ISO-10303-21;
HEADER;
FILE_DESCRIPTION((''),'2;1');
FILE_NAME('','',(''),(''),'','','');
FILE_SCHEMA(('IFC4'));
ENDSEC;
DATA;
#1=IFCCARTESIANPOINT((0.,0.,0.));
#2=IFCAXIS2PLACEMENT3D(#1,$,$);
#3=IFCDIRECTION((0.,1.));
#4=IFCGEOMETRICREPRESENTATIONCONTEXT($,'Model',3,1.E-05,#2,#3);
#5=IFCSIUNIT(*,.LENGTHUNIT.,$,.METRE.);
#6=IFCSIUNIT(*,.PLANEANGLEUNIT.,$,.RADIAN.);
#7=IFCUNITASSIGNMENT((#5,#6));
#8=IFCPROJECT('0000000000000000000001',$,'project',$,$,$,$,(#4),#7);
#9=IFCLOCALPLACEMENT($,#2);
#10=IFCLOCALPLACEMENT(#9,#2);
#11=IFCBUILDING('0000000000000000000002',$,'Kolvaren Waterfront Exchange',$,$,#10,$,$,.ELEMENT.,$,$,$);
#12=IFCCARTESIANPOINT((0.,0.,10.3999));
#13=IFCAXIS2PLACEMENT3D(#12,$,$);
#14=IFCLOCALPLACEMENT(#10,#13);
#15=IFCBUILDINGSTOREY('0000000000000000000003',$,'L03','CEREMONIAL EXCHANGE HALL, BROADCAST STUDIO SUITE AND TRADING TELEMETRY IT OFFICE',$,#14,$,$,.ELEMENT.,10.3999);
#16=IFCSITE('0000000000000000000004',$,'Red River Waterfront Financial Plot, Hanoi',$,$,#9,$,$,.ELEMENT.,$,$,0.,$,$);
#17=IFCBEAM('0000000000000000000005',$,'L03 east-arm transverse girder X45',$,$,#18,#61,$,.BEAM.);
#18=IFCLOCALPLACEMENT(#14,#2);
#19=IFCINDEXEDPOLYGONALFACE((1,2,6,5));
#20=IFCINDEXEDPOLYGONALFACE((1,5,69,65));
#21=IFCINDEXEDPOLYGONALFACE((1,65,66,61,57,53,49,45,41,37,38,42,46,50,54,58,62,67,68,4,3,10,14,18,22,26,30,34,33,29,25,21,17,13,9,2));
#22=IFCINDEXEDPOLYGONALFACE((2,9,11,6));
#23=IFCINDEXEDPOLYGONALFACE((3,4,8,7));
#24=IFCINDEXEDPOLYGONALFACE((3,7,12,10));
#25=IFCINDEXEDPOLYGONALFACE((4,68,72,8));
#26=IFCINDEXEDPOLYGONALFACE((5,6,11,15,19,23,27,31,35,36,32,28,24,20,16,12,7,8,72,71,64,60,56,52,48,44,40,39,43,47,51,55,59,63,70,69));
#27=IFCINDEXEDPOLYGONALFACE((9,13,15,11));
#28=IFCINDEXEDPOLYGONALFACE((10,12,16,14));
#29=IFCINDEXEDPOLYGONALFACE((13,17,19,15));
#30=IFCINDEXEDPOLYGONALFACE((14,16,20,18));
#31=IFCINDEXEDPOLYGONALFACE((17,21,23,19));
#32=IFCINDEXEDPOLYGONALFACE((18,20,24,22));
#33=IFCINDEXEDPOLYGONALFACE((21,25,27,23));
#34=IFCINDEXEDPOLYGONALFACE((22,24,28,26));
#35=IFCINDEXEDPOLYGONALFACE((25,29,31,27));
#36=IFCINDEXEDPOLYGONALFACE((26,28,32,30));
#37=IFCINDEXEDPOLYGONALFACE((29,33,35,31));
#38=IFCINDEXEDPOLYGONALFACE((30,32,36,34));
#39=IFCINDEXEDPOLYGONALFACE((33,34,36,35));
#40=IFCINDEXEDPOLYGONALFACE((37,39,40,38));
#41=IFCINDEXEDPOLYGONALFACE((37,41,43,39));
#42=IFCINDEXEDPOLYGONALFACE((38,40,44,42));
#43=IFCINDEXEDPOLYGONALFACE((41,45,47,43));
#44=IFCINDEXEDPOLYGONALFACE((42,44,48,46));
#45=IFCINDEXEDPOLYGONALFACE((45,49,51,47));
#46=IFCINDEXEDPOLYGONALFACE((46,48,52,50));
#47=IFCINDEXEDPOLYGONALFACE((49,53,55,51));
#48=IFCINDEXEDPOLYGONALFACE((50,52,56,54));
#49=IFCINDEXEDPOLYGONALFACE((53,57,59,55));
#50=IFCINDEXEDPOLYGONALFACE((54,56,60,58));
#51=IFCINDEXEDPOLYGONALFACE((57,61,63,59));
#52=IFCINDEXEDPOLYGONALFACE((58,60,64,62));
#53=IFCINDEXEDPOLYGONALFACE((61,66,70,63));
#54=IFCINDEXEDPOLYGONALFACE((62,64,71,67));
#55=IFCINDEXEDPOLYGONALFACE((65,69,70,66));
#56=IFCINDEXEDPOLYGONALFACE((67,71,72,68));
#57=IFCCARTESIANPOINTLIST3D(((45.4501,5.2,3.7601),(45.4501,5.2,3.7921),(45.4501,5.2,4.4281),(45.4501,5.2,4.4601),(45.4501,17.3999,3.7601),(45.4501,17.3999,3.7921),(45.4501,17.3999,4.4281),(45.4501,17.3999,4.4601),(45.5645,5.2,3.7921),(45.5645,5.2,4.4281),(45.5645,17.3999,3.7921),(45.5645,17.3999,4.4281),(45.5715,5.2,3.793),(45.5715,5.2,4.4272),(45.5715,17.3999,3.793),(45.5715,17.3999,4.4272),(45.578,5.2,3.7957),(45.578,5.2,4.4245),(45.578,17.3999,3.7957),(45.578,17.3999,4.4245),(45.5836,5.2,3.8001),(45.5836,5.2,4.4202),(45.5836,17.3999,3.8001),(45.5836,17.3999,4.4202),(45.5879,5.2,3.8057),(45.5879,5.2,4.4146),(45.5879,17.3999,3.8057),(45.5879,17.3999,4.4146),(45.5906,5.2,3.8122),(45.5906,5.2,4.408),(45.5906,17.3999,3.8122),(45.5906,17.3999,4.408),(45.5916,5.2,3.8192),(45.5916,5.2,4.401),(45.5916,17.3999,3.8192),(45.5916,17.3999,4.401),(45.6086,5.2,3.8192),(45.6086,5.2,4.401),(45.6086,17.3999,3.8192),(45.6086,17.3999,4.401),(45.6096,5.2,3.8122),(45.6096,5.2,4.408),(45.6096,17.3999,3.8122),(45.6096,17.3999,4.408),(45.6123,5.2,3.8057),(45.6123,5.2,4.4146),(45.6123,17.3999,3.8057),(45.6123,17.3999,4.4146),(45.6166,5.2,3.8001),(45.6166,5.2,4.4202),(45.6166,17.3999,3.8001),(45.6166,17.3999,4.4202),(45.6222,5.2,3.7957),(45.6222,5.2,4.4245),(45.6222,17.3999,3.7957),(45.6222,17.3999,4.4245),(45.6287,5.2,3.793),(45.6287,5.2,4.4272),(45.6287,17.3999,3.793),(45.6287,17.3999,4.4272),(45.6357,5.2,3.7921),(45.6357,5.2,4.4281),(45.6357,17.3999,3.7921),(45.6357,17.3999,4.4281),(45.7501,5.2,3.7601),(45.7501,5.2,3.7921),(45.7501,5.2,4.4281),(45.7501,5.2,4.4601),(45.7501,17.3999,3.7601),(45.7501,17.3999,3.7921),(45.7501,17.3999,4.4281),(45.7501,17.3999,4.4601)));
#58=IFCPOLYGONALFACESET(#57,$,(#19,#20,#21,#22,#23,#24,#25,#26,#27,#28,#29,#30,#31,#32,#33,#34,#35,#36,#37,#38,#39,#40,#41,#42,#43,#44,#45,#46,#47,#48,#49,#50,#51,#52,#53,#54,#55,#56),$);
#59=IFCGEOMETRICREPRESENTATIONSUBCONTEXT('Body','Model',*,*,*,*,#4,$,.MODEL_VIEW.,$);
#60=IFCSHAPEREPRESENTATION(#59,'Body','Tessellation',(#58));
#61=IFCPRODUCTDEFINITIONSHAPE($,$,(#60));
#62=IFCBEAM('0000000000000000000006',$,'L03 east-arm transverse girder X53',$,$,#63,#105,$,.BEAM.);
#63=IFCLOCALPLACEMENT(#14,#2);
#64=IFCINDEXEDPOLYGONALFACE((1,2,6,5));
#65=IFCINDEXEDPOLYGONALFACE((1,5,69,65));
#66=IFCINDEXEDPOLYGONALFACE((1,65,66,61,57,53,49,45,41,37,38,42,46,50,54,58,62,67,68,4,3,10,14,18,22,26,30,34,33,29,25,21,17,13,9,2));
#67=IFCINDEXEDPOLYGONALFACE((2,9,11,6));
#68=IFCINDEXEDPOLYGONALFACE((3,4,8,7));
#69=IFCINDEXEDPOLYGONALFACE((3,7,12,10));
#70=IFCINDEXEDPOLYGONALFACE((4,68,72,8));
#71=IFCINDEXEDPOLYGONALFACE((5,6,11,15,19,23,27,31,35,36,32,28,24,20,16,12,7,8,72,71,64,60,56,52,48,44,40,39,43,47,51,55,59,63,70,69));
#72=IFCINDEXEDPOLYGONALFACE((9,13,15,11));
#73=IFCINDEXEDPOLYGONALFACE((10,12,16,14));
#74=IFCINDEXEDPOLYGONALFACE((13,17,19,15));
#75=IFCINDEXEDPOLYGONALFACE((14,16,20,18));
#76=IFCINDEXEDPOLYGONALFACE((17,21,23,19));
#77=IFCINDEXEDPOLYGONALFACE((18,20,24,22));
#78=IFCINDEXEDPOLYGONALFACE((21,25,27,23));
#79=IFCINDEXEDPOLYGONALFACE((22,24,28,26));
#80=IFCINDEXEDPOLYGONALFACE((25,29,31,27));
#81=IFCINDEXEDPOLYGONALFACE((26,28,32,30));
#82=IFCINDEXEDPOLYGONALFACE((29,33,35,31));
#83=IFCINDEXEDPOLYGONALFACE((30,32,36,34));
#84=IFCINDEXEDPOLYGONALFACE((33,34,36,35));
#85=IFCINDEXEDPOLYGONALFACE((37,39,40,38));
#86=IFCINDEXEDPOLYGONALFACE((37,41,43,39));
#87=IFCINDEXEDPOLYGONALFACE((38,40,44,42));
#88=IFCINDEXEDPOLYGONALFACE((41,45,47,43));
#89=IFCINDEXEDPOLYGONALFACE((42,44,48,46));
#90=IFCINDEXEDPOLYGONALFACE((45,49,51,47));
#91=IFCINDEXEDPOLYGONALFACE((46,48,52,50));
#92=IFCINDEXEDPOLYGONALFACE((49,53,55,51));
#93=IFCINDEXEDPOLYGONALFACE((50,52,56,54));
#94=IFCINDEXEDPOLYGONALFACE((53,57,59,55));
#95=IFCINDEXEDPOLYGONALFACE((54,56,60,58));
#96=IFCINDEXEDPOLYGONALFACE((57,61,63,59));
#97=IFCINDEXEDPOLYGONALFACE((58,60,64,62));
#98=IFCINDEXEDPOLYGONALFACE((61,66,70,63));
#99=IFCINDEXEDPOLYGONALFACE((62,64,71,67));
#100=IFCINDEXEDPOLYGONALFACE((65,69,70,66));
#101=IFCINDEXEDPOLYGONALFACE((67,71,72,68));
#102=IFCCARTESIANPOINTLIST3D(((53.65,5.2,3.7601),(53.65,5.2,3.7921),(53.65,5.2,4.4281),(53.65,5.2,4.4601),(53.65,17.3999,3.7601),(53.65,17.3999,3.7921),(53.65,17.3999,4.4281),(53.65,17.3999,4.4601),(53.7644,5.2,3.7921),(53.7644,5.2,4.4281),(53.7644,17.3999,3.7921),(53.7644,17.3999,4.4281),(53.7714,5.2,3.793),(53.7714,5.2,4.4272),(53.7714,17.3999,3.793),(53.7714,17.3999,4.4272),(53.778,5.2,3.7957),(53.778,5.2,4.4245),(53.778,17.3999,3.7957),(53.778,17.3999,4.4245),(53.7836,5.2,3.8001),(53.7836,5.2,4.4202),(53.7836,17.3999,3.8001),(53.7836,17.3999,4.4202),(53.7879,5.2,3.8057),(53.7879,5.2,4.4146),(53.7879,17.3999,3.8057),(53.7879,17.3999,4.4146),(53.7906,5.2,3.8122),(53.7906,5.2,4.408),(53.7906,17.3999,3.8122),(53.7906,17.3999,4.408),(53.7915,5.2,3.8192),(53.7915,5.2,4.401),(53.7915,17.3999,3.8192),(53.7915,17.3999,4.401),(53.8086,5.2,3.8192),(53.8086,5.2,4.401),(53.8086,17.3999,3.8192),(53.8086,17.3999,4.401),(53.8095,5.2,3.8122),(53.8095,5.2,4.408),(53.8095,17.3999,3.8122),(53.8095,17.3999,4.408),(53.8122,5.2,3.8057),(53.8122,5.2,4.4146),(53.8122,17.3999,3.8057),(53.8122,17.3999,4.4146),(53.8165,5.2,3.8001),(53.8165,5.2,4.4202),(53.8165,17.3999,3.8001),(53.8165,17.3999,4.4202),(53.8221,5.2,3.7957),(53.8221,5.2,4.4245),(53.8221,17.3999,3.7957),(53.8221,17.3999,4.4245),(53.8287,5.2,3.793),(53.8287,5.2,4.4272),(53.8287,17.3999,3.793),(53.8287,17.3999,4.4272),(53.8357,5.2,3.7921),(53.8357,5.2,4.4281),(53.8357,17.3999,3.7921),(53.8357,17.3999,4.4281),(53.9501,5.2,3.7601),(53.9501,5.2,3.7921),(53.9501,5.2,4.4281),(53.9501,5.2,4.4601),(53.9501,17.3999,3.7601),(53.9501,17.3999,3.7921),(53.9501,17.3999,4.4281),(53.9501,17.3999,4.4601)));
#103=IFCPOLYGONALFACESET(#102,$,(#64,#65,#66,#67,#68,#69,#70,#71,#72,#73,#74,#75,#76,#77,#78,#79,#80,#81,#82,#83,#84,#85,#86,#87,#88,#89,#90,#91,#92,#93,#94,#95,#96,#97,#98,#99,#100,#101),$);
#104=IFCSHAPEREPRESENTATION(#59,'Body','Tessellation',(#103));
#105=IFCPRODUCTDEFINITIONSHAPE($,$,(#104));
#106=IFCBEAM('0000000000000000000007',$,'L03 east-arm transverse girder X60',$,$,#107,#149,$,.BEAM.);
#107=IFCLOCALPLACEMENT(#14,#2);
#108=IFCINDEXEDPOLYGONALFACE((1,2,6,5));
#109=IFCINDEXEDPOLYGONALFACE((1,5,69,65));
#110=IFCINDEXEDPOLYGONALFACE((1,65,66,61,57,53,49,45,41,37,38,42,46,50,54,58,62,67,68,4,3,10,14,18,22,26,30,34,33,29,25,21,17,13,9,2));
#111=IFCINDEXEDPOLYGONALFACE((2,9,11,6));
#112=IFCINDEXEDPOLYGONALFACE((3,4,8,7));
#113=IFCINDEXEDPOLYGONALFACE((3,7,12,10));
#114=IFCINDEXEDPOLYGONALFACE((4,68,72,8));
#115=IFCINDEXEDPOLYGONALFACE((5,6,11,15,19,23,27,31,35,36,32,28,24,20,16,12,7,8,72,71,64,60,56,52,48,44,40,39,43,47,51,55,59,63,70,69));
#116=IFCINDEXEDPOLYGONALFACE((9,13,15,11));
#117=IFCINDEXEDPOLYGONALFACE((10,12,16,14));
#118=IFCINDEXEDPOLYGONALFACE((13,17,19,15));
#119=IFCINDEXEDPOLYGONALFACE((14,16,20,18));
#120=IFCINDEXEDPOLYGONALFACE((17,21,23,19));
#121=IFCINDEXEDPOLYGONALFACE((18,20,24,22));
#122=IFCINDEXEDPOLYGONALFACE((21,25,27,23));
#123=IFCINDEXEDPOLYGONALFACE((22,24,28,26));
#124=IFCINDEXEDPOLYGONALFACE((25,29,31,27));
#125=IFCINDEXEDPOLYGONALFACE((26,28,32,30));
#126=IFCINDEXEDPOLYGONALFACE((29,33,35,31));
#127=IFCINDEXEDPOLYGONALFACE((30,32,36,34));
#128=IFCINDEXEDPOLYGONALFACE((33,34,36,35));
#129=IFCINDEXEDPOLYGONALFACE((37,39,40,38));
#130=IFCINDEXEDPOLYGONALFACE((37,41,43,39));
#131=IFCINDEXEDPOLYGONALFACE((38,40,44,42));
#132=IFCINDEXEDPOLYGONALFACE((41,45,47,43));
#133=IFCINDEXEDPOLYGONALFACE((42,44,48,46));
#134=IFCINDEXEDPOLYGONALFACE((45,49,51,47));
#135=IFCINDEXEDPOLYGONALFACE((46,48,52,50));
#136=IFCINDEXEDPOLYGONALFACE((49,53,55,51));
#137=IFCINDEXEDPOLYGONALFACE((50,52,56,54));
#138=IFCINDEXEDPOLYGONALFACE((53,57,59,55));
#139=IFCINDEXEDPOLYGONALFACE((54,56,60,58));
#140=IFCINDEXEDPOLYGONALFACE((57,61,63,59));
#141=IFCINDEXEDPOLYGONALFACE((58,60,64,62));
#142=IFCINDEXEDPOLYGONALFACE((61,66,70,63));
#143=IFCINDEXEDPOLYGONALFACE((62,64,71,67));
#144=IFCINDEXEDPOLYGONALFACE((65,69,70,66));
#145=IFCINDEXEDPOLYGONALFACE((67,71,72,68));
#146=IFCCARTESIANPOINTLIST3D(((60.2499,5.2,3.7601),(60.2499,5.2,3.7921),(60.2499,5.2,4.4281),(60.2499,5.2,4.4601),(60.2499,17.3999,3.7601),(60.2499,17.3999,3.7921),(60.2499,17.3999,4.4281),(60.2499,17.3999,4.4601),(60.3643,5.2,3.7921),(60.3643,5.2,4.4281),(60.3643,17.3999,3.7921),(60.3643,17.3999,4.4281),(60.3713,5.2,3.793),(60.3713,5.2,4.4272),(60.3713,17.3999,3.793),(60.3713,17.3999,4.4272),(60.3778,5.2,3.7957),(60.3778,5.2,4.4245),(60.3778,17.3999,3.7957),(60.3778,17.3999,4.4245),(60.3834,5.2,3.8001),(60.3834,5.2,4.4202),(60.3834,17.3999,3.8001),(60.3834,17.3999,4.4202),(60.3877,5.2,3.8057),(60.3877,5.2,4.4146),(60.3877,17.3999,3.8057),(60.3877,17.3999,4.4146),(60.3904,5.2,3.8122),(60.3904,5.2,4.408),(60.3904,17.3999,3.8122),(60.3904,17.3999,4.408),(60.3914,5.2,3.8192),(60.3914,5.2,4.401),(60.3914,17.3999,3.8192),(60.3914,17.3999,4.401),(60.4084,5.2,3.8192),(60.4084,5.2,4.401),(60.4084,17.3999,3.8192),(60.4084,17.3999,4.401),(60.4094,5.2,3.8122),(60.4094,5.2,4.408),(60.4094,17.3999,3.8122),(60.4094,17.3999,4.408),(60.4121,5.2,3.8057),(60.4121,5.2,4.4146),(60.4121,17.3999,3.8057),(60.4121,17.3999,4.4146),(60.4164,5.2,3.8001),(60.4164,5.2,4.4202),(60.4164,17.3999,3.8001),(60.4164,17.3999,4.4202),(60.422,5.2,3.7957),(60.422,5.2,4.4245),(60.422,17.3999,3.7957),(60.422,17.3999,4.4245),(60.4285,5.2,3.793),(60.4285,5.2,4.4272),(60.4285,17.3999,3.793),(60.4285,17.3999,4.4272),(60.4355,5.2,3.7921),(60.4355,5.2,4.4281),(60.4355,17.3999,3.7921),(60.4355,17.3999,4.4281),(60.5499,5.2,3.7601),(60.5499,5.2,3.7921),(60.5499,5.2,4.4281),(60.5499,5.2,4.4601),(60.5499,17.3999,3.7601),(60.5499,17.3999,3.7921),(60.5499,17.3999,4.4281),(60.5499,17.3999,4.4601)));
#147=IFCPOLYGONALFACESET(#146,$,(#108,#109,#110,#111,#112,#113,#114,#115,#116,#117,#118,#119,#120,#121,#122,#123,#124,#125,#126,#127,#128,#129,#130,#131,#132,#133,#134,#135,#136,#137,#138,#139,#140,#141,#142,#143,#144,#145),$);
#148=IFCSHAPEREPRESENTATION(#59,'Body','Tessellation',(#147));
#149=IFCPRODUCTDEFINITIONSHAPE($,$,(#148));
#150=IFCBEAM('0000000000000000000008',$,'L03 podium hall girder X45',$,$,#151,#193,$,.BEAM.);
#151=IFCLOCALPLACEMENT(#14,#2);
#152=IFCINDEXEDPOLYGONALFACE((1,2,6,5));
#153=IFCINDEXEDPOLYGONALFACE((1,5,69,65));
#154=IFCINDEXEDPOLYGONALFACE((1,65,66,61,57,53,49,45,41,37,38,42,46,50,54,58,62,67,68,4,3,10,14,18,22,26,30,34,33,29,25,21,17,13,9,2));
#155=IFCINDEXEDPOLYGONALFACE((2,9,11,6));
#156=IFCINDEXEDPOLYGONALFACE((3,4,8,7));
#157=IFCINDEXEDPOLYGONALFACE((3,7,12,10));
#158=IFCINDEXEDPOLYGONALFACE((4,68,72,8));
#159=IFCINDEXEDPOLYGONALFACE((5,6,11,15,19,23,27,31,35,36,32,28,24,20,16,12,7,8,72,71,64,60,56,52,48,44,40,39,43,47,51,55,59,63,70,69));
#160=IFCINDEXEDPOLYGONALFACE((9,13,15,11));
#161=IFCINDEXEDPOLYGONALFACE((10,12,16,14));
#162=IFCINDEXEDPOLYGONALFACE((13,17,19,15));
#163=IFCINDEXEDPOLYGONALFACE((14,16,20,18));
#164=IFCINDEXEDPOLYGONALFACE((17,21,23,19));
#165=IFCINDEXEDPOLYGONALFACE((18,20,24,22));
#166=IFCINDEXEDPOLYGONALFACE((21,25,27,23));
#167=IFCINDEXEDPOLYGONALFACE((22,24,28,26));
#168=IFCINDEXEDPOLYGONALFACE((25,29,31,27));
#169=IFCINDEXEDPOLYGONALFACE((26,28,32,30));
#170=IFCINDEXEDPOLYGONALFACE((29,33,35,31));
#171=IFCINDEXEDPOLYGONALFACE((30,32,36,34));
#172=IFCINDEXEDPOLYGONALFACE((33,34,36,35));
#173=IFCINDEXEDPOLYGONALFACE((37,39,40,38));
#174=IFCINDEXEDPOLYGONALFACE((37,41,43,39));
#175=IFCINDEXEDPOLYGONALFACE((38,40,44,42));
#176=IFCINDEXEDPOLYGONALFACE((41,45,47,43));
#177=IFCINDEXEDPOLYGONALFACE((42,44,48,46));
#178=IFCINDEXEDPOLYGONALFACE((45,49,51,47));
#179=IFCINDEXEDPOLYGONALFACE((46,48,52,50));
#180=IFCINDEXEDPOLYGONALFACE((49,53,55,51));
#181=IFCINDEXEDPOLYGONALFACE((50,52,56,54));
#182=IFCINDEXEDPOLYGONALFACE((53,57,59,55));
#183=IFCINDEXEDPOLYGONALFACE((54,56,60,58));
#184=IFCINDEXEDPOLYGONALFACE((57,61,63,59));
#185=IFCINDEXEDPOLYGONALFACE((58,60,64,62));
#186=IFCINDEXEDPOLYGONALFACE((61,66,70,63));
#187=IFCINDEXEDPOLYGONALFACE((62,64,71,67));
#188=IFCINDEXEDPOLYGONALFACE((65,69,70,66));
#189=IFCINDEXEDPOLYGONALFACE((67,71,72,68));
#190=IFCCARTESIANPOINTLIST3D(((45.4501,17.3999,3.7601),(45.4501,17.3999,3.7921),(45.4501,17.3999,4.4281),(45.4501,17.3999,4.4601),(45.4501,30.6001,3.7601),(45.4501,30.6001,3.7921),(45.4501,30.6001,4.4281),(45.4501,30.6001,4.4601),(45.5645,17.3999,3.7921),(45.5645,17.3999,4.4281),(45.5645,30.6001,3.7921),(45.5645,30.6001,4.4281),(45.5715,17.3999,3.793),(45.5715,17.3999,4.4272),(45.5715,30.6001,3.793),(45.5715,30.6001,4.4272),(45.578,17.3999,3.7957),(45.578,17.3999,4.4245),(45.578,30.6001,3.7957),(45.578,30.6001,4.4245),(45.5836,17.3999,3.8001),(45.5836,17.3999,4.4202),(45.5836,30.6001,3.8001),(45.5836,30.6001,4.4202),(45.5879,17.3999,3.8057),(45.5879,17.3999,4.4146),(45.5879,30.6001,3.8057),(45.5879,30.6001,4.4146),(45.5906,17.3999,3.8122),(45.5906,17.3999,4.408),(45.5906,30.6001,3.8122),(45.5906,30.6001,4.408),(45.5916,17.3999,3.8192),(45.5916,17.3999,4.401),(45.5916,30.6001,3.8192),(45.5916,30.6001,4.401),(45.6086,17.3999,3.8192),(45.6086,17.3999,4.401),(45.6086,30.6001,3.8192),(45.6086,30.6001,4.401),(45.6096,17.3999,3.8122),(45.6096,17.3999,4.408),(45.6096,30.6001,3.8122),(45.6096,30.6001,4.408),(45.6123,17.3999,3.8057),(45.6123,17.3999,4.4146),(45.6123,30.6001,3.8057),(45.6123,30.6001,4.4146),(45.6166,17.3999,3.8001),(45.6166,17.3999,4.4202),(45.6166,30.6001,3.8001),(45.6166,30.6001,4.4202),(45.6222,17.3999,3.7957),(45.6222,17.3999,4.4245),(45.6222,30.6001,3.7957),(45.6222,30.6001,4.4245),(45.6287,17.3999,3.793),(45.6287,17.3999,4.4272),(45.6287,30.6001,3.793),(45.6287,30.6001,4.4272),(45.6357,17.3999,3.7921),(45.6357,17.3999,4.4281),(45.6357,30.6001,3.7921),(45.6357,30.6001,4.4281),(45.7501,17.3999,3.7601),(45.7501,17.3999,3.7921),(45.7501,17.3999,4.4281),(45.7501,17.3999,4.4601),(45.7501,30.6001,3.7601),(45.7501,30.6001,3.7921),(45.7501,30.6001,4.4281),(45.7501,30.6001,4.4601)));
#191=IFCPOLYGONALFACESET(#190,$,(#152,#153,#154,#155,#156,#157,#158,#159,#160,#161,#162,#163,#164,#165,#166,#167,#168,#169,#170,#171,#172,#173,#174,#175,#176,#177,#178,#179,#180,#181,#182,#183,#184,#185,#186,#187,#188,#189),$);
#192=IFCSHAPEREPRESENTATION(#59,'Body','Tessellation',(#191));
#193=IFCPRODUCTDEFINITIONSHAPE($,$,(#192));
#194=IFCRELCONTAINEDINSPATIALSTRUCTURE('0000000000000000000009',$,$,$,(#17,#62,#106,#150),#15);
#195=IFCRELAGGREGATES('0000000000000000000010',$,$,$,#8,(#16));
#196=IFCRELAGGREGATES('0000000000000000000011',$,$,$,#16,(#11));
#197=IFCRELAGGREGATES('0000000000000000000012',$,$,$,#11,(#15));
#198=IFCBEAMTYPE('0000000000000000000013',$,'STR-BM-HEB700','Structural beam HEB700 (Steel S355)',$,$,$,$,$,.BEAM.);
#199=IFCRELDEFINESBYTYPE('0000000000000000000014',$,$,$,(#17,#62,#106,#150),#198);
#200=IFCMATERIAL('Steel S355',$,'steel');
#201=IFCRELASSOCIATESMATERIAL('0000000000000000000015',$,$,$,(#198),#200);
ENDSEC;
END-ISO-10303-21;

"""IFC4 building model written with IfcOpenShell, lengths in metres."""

from ifc_helpers import new_model, si_unit, direction, frame, origin, origin_2d, place, context, subcontext, project, spatial, i_section, extrude, material, material_profile, profile_set, type_object, element, save


model = new_model("IFC4")

# Units and contexts
model_context = context("Model", 3, precision=1e-05, world=origin(), true_north=direction((0.0, 1.0)))
body_context = subcontext(model_context, "Body", "Model", "MODEL_VIEW")
ifc_project = project(units=[si_unit("LENGTHUNIT", "METRE"), si_unit("PLANEANGLEUNIT", "RADIAN")], contexts=[model_context])

# Site, building, storey
site_placement = place(None, origin())
site = spatial("IfcSite", under=ifc_project, at=site_placement, Name="Red River Waterfront Financial Plot, Hanoi", CompositionType="ELEMENT", RefElevation=0.0)
building_placement = place(site_placement, origin())
building = spatial("IfcBuilding", under=site, at=building_placement, Name="Kolvaren Waterfront Exchange", CompositionType="ELEMENT")
storey_placement = place(building_placement, frame((0.0, 0.0, 10.3999)))
storey = spatial("IfcBuildingStorey", under=building, at=storey_placement, Name="L03", Description="CEREMONIAL EXCHANGE HALL, BROADCAST STUDIO SUITE AND TRADING TELEMETRY IT OFFICE", CompositionType="ELEMENT", Elevation=10.3999)

# Beams
ifc_material_1 = material(Name="Steel S355", Category="steel")
ifc_material_profile_1 = material_profile(ifc_material_1, i_section(OverallWidth=0.3, OverallDepth=0.7, WebThickness=0.0171, FlangeThickness=0.032, FilletRadius=0.0271, at=origin_2d()), Name="HEB700")
ifc_profile_set_1 = profile_set([ifc_material_profile_1], Name="Steel S355")
beam_type_1 = type_object("IfcBeamType", Name="STR-BM-HEB700", Description="Structural beam HEB700 (Steel S355)", PredefinedType="BEAM", material=ifc_profile_set_1)
for number, where, z_axis, x_axis, name in (
    (1, (45.6001, 5.2, 4.1101), (0.0, 1.0, 0.0), (-1.0, 0.0, 0.0), "L03 east-arm transverse girder X45"),
    (2, (53.8, 5.2, 4.1101), (0.0, 1.0, 0.0), (-1.0, 0.0, 0.0), "L03 east-arm transverse girder X53"),
    (3, (60.3999, 5.2, 4.1101), (0.0, 1.0, 0.0), (-1.0, 0.0, 0.0), "L03 east-arm transverse girder X60"),
):
    element("IfcBeam", number, at=place(storey_placement, frame(where, z_axis=z_axis, x_axis=x_axis)), inside=storey, type_object=beam_type_1, Name=name, PredefinedType="BEAM", context=body_context, shape_type="SweptSolid", body=[
        extrude(i_section(OverallWidth=0.3, OverallDepth=0.7, WebThickness=0.0171, FlangeThickness=0.032, FilletRadius=0.0271, at=origin_2d()), origin(), (0.0, 0.0, 1.0), 12.2),
    ])
for number, where, z_axis, x_axis, name in (
    (4, (45.6001, 17.3999, 4.1101), (0.0, 1.0, 0.0), (-1.0, 0.0, 0.0), "L03 podium hall girder X45"),
):
    element("IfcBeam", number, at=place(storey_placement, frame(where, z_axis=z_axis, x_axis=x_axis)), inside=storey, type_object=beam_type_1, Name=name, PredefinedType="BEAM", context=body_context, shape_type="SweptSolid", body=[
        extrude(i_section(OverallWidth=0.3, OverallDepth=0.7, WebThickness=0.0171, FlangeThickness=0.032, FilletRadius=0.0271, at=origin_2d()), origin(), (0.0, 0.0, 1.0), 13.2002),
    ])

save(model, "model.ifc")
